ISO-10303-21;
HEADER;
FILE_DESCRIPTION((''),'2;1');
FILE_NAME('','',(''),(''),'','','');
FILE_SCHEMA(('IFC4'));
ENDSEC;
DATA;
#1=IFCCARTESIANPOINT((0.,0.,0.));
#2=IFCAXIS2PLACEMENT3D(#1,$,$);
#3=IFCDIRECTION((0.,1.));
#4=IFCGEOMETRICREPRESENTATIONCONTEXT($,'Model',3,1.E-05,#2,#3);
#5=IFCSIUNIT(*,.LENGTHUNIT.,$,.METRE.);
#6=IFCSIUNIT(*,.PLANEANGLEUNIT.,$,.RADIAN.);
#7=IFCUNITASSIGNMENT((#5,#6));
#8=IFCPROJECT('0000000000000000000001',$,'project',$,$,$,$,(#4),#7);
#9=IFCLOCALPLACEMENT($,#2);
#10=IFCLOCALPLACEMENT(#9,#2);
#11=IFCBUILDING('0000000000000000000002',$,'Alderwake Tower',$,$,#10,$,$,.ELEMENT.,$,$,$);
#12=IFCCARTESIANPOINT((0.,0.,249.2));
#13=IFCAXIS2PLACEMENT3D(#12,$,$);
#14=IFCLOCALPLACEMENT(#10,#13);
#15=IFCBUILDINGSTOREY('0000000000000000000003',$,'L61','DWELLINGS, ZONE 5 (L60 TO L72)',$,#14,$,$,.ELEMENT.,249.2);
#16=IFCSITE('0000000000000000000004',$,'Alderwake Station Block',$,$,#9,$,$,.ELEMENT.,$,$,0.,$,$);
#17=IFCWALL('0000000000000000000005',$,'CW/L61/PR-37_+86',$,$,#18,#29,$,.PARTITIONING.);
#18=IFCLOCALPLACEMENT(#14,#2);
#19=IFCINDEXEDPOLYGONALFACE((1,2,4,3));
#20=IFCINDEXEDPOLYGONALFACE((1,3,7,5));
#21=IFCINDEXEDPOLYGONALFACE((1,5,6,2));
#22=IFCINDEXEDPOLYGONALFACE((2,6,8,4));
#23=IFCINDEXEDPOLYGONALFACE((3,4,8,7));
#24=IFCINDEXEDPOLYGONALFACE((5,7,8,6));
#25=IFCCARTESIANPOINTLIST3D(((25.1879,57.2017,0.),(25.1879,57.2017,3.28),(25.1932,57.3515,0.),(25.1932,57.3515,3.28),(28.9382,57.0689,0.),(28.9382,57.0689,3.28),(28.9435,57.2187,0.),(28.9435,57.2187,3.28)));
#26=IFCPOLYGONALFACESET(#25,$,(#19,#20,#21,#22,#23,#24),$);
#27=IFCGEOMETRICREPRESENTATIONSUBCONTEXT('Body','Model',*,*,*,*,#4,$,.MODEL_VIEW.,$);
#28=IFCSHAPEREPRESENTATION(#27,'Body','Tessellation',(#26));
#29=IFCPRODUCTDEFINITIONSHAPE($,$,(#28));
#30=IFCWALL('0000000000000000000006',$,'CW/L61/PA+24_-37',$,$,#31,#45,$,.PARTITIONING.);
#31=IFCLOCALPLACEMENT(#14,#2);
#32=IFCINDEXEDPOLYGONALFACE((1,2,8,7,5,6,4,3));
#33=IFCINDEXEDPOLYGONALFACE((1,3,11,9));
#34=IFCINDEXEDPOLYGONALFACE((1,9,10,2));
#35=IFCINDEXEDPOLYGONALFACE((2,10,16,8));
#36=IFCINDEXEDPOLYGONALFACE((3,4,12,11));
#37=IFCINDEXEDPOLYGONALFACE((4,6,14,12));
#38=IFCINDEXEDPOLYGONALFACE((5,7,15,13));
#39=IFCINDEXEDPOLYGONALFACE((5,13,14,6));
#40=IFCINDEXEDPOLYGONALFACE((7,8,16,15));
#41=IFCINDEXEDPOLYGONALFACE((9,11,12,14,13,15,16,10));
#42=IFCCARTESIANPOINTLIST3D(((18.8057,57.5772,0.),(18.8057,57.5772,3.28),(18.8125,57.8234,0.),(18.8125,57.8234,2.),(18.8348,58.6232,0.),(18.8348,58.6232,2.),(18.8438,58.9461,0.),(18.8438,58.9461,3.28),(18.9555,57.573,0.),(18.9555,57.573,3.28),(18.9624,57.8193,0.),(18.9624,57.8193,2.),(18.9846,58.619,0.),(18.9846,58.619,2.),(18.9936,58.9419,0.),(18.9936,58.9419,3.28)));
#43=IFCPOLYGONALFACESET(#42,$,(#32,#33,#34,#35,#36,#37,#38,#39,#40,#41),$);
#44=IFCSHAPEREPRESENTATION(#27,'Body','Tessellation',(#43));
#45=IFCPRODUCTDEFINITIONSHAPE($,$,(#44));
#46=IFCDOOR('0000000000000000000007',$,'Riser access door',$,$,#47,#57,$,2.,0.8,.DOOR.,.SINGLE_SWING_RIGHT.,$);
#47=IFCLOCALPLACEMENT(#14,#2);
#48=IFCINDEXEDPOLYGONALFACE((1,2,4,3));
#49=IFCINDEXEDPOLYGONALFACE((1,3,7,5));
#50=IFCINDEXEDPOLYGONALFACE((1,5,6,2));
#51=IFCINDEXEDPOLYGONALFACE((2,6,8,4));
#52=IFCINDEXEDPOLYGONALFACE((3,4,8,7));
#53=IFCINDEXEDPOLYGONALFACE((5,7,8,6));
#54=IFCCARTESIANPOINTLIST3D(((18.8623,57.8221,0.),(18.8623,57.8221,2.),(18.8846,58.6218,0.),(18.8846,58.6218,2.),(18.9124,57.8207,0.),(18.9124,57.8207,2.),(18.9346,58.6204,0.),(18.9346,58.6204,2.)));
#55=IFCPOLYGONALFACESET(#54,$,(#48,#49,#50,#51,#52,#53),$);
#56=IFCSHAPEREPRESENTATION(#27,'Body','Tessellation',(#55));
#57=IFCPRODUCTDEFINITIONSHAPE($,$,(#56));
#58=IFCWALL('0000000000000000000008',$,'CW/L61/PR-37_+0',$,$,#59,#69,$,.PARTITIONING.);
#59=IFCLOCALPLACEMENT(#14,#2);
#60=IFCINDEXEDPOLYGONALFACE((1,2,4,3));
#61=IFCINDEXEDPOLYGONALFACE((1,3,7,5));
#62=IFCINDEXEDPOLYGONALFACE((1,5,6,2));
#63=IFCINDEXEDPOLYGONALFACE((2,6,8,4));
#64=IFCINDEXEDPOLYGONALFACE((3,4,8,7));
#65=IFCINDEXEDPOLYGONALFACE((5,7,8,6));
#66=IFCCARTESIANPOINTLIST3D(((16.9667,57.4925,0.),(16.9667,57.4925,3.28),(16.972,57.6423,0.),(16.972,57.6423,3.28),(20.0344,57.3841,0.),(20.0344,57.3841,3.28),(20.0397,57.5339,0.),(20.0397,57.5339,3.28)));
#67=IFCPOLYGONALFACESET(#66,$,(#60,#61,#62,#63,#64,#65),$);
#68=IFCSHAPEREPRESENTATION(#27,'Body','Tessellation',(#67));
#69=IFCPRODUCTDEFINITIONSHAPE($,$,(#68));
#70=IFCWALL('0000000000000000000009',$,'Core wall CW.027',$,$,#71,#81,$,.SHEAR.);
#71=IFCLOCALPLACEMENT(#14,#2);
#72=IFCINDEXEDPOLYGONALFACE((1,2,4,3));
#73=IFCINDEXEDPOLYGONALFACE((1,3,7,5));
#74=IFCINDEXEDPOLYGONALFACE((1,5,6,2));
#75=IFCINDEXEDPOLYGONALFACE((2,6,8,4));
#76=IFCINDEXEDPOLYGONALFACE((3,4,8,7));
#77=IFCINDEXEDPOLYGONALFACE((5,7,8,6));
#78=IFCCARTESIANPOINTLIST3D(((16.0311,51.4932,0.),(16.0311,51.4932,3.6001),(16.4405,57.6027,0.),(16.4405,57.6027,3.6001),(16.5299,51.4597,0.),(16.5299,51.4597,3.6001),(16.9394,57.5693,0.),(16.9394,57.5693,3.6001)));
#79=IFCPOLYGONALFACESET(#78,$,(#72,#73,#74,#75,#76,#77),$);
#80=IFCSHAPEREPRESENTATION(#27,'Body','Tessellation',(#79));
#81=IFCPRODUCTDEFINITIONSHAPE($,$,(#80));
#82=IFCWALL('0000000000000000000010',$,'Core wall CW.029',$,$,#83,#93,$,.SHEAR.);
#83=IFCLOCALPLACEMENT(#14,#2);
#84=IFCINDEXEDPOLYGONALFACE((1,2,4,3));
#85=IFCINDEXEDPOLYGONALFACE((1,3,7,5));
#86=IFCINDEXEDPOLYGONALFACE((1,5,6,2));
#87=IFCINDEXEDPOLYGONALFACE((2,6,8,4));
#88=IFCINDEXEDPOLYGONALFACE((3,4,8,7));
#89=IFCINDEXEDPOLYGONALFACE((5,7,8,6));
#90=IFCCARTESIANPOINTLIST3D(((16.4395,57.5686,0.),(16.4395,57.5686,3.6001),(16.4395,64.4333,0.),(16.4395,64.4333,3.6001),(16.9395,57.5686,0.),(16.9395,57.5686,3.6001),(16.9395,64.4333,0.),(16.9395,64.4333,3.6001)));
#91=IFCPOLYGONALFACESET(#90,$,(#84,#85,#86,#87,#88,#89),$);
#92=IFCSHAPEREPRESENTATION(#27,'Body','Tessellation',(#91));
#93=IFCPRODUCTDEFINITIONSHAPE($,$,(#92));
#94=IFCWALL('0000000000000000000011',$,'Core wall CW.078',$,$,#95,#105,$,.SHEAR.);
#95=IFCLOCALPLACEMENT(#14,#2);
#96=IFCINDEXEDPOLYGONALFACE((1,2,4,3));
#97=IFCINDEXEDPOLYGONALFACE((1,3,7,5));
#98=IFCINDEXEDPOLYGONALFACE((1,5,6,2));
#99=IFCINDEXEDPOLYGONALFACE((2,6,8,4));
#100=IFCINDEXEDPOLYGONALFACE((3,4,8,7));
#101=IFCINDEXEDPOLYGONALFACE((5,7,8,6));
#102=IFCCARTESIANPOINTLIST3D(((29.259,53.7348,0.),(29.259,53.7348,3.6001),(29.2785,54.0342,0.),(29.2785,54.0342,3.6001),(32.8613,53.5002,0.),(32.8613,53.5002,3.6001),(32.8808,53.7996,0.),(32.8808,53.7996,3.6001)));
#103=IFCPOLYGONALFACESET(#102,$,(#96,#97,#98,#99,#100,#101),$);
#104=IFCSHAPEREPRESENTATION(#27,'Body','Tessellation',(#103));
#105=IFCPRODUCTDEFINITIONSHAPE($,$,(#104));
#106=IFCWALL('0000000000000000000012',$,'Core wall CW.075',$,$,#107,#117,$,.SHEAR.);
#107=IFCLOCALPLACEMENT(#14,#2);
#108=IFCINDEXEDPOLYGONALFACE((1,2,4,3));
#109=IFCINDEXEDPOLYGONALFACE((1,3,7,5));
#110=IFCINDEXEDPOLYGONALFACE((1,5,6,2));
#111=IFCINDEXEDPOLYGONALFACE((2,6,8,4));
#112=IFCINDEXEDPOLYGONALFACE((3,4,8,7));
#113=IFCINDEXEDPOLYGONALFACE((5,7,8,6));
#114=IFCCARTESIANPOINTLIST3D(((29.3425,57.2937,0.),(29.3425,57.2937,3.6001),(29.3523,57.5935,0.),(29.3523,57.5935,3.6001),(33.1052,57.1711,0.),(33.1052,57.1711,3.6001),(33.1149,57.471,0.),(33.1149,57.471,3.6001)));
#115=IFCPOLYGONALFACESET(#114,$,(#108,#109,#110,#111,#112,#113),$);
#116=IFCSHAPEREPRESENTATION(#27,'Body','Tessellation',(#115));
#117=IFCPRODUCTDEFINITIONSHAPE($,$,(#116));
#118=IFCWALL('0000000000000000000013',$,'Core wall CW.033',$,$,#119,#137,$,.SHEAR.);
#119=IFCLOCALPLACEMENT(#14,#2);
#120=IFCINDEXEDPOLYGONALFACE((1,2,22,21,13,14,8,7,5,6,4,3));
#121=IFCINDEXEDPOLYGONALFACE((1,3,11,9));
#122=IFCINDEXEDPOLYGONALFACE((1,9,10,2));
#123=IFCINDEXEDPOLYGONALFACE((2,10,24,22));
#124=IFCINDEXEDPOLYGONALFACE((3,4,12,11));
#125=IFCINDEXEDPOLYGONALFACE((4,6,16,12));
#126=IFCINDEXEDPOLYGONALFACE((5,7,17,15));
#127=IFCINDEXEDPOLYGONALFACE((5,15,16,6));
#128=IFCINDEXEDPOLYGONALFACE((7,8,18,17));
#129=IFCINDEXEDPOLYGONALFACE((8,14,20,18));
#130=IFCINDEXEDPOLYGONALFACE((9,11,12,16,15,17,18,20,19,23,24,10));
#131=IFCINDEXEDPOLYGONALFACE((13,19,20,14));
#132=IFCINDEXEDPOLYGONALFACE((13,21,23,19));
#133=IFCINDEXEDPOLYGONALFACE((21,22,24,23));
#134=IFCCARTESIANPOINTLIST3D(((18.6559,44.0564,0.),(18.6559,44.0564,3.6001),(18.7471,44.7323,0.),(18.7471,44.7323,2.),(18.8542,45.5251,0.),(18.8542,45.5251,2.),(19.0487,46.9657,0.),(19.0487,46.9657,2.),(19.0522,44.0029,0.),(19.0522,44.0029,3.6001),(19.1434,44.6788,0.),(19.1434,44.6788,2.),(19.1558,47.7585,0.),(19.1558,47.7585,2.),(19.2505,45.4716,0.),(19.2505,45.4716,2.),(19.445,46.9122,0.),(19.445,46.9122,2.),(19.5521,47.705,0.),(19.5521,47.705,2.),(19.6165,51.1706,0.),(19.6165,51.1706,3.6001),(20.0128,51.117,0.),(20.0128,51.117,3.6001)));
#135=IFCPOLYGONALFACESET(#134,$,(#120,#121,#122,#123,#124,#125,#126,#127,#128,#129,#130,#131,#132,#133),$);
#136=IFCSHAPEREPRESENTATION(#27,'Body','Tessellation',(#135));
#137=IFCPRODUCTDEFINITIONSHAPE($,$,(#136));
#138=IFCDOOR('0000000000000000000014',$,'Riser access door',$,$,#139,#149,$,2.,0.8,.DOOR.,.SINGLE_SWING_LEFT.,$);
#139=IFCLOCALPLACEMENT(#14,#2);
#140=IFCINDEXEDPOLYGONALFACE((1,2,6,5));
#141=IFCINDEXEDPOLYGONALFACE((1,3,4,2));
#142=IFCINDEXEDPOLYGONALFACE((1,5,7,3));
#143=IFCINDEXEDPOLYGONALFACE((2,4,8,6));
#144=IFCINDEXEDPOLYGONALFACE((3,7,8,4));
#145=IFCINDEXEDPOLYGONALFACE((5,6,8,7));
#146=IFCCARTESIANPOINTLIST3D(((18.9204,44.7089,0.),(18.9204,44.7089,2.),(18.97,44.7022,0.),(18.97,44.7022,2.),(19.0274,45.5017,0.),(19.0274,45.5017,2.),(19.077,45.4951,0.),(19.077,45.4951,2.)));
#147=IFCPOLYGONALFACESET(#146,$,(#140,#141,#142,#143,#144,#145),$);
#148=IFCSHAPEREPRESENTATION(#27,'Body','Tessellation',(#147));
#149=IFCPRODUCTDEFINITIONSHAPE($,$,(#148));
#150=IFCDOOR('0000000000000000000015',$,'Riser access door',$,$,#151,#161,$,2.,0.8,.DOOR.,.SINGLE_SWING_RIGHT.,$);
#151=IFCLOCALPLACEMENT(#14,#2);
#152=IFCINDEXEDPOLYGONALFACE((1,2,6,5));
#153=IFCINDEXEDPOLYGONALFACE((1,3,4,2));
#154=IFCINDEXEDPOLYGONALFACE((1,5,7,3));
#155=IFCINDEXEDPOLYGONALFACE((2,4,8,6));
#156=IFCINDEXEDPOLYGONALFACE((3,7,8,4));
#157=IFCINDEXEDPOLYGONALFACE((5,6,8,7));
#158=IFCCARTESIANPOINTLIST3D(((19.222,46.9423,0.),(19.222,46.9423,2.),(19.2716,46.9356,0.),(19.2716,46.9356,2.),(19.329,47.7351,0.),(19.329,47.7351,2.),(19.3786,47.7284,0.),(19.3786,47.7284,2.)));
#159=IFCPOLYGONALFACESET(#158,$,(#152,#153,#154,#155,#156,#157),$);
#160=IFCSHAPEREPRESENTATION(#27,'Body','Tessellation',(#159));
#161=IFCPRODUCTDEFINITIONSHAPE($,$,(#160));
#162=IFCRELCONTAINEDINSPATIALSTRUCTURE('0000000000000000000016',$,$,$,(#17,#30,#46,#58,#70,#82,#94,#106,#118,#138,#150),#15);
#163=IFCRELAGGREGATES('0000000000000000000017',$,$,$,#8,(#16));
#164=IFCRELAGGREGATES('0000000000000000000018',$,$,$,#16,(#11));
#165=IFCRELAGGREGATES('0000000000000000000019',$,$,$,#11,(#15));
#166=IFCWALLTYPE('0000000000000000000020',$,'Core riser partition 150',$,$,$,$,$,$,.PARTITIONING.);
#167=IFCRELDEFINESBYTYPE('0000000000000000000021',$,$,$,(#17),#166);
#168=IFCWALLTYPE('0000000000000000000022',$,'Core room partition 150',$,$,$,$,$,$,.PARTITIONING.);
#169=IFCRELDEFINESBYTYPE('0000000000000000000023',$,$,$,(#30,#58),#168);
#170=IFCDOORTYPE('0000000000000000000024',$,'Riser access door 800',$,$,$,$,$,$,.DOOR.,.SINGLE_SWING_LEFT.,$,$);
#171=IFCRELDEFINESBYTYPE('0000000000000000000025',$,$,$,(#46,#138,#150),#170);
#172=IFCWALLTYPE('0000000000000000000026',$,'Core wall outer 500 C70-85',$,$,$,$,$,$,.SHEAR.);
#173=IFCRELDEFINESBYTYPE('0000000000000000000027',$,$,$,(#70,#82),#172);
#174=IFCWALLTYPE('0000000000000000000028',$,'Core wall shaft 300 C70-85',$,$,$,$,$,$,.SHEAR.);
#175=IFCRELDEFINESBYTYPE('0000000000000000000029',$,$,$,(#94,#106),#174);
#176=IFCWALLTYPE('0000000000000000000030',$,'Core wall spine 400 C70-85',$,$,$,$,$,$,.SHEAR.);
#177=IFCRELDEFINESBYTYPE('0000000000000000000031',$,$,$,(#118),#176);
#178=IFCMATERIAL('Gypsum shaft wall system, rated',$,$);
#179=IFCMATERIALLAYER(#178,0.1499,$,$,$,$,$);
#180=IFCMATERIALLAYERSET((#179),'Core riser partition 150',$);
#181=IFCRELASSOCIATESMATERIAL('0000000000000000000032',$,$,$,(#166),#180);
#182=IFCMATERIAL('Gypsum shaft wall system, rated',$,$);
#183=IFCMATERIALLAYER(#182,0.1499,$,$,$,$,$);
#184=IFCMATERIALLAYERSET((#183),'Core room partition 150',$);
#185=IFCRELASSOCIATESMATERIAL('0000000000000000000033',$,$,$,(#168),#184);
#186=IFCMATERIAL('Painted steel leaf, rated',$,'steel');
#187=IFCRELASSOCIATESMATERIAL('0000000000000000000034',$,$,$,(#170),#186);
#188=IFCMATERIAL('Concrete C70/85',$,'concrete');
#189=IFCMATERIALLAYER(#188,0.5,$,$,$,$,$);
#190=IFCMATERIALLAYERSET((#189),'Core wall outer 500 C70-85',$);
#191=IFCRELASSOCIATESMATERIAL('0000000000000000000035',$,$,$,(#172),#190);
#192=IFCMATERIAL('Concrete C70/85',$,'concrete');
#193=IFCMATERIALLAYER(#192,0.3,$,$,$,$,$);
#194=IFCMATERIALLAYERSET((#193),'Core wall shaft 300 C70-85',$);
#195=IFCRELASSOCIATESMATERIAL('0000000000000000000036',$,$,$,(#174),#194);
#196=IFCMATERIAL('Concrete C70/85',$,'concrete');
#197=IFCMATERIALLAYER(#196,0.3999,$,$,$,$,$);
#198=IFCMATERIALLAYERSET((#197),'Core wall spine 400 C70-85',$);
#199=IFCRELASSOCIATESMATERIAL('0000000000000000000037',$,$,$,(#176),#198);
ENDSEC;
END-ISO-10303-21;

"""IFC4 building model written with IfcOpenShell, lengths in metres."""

from ifc_helpers import new_model, si_unit, direction, frame, frame_2d, origin, place, context, subcontext, project, spatial, rectangle, extrude, material, layer, layer_set, type_object, element, fill, save


model = new_model("IFC4")

# Units and contexts
model_context = context("Model", 3, precision=1e-05, world=origin(), true_north=direction((0.0, 1.0)))
body_context = subcontext(model_context, "Body", "Model", "MODEL_VIEW")
ifc_project = project(units=[si_unit("LENGTHUNIT", "METRE"), si_unit("PLANEANGLEUNIT", "RADIAN")], contexts=[model_context])

# Site, building, storey
site_placement = place(None, origin())
site = spatial("IfcSite", under=ifc_project, at=site_placement, Name="Alderwake Station Block", CompositionType="ELEMENT", RefElevation=0.0)
building_placement = place(site_placement, origin())
building = spatial("IfcBuilding", under=site, at=building_placement, Name="Alderwake Tower", CompositionType="ELEMENT")
storey_placement = place(building_placement, frame((0.0, 0.0, 249.2)))
storey = spatial("IfcBuildingStorey", under=building, at=storey_placement, Name="L61", Description="DWELLINGS, ZONE 5 (L60 TO L72)", CompositionType="ELEMENT", Elevation=249.2)

# Wall
ifc_material_1 = material(Name="Gypsum shaft wall system, rated")
ifc_layer_1 = layer(ifc_material_1, 0.1499)
ifc_layer_set_1 = layer_set([ifc_layer_1], Name="Core riser partition 150")
wall_type_1 = type_object("IfcWallType", Name="Core riser partition 150", PredefinedType="PARTITIONING", material=ifc_layer_set_1)
wall_1_placement = place(storey_placement, frame((25.1904, 57.2766, 0.0), z_axis=(0.0, 0.0, 1.0), x_axis=(0.999374, -0.035392, 0.0)))
element("IfcWall", 1, at=wall_1_placement, inside=storey, type_object=wall_type_1, Name="CW/L61/PR-37_+86", PredefinedType="PARTITIONING", context=body_context, shape_type="SweptSolid", body=[
    extrude(rectangle(XDim=3.7527, YDim=0.1499, at=frame_2d((1.8765, 0.0))), origin(), (0.0, 0.0, 1.0), 3.28),
])

# Wall, opening, door
ifc_material_2 = material(Name="Gypsum shaft wall system, rated")
ifc_layer_2 = layer(ifc_material_2, 0.1499)
ifc_layer_set_2 = layer_set([ifc_layer_2], Name="Core room partition 150")
wall_type_2 = type_object("IfcWallType", Name="Core room partition 150", PredefinedType="PARTITIONING", material=ifc_layer_set_2)
wall_2_placement = place(storey_placement, frame((18.9187, 58.9438, 0.0), z_axis=(0.0, 0.0, 1.0), x_axis=(-0.027812, -0.999613, 0.0)))
wall_2 = element("IfcWall", 2, at=wall_2_placement, inside=storey, type_object=wall_type_2, Name="CW/L61/PA+24_-37", PredefinedType="PARTITIONING", context=body_context, shape_type="SweptSolid", body=[
    extrude(rectangle(XDim=1.3694, YDim=0.1499, at=frame_2d((0.6846, 0.0))), origin(), (0.0, 0.0, 1.0), 3.28),
])
opening_1_placement = place(wall_2_placement, frame((0.323, 0.0, 0.0)))
opening_1 = element("IfcOpeningElement", 3, at=opening_1_placement, cuts=wall_2, PredefinedType="OPENING", context=body_context, shape_type="SweptSolid", body=[
    extrude(rectangle(XDim=0.8, YDim=2.0, at=frame_2d((0.3999, 1.0))), frame((0.0, 0.085, 0.0), z_axis=(0.0, -1.0, 0.0), x_axis=(1.0, 0.0, 0.0)), (0.0, 0.0, 1.0), 0.1699),
])
ifc_material_3 = material(Name="Painted steel leaf, rated", Category="steel")
door_type_1 = type_object("IfcDoorType", Name="Riser access door 800", OperationType="SINGLE_SWING_LEFT", PredefinedType="DOOR", material=ifc_material_3)
door_1_placement = place(opening_1_placement, origin())
door_1 = element("IfcDoor", 4, at=door_1_placement, inside=storey, type_object=door_type_1, Name="Riser access door", OperationType="SINGLE_SWING_RIGHT", OverallHeight=2.0, OverallWidth=0.8, PredefinedType="DOOR", context=body_context, shape_type="SweptSolid", body=[
    extrude(rectangle(XDim=0.8, YDim=2.0, at=frame_2d((0.3999, 1.0))), frame((0.0, 0.0249, 0.0), z_axis=(0.0, -1.0, 0.0), x_axis=(1.0, 0.0, 0.0)), (0.0, 0.0, 1.0), 0.05),
])
fill(opening_1, door_1)

# Walls
wall_3_placement = place(storey_placement, frame((16.9695, 57.5674, 0.0), z_axis=(0.0, 0.0, 1.0), x_axis=(0.999376, -0.035314, 0.0)))
element("IfcWall", 5, at=wall_3_placement, inside=storey, type_object=wall_type_2, Name="CW/L61/PR-37_+0", PredefinedType="PARTITIONING", context=body_context, shape_type="SweptSolid", body=[
    extrude(rectangle(XDim=3.0696, YDim=0.1499, at=frame_2d((1.5347, 0.0))), origin(), (0.0, 0.0, 1.0), 3.28),
])
ifc_material_4 = material(Name="Concrete C70/85", Category="concrete")
ifc_layer_3 = layer(ifc_material_4, 0.5)
ifc_layer_set_3 = layer_set([ifc_layer_3], Name="Core wall outer 500 C70-85")
wall_type_3 = type_object("IfcWallType", Name="Core wall outer 500 C70-85", PredefinedType="SHEAR", material=ifc_layer_set_3)
wall_4_placement = place(storey_placement, frame((16.2805, 51.4766, 0.0), z_axis=(0.0, 0.0, 1.0), x_axis=(0.066863, 0.997762, 0.0)))
element("IfcWall", 6, at=wall_4_placement, inside=storey, type_object=wall_type_3, Name="Core wall CW.027", PredefinedType="SHEAR", context=body_context, shape_type="SweptSolid", body=[
    extrude(rectangle(XDim=6.1233, YDim=0.5, at=frame_2d((3.0615, 0.0))), origin(), (0.0, 0.0, 1.0), 3.6001),
])
wall_5_placement = place(storey_placement, frame((16.6895, 57.5686, 0.0), z_axis=(0.0, 0.0, 1.0), x_axis=(0.0, 1.0, 0.0)))
element("IfcWall", 7, at=wall_5_placement, inside=storey, type_object=wall_type_3, Name="Core wall CW.029", PredefinedType="SHEAR", context=body_context, shape_type="SweptSolid", body=[
    extrude(rectangle(XDim=6.8647, YDim=0.5, at=frame_2d((3.4324, 0.0))), origin(), (0.0, 0.0, 1.0), 3.6001),
])
ifc_material_5 = material(Name="Concrete C70/85", Category="concrete")
ifc_layer_4 = layer(ifc_material_5, 0.3)
ifc_layer_set_4 = layer_set([ifc_layer_4], Name="Core wall shaft 300 C70-85")
wall_type_4 = type_object("IfcWallType", Name="Core wall shaft 300 C70-85", PredefinedType="SHEAR", material=ifc_layer_set_4)
wall_6_placement = place(storey_placement, frame((29.2688, 53.8845, 0.0), z_axis=(0.0, 0.0, 1.0), x_axis=(0.997886, -0.064993, 0.0)))
element("IfcWall", 8, at=wall_6_placement, inside=storey, type_object=wall_type_4, Name="Core wall CW.078", PredefinedType="SHEAR", context=body_context, shape_type="SweptSolid", body=[
    extrude(rectangle(XDim=3.6099, YDim=0.3, at=frame_2d((1.8049, 0.0))), origin(), (0.0, 0.0, 1.0), 3.6001),
])
wall_7_placement = place(storey_placement, frame((29.3474, 57.4436, 0.0), z_axis=(0.0, 0.0, 1.0), x_axis=(0.99947, -0.032555, 0.0)))
element("IfcWall", 9, at=wall_7_placement, inside=storey, type_object=wall_type_4, Name="Core wall CW.075", PredefinedType="SHEAR", context=body_context, shape_type="SweptSolid", body=[
    extrude(rectangle(XDim=3.7646, YDim=0.3, at=frame_2d((1.8823, 0.0))), origin(), (0.0, 0.0, 1.0), 3.6001),
])

# Wall, openings, doors
ifc_material_6 = material(Name="Concrete C70/85", Category="concrete")
ifc_layer_5 = layer(ifc_material_6, 0.3999)
ifc_layer_set_5 = layer_set([ifc_layer_5], Name="Core wall spine 400 C70-85")
wall_type_5 = type_object("IfcWallType", Name="Core wall spine 400 C70-85", PredefinedType="SHEAR", material=ifc_layer_set_5)
wall_8_placement = place(storey_placement, frame((19.8147, 51.1438, 0.0), z_axis=(0.0, 0.0, 1.0), x_axis=(-0.133823, -0.991005, 0.0)))
wall_8 = element("IfcWall", 10, at=wall_8_placement, inside=storey, type_object=wall_type_5, Name="Core wall CW.033", PredefinedType="SHEAR", context=body_context, shape_type="SweptSolid", body=[
    extrude(rectangle(XDim=7.1787, YDim=0.3999, at=frame_2d((3.5894, 0.0))), origin(), (0.0, 0.0, 1.0), 3.6001),
])
opening_2_placement = place(wall_8_placement, frame((5.6968, 0.0, 0.0)))
opening_2 = element("IfcOpeningElement", 11, at=opening_2_placement, cuts=wall_8, PredefinedType="OPENING", context=body_context, shape_type="SweptSolid", body=[
    extrude(rectangle(XDim=0.8, YDim=2.0, at=frame_2d((0.3999, 1.0))), frame((0.0, 0.21, 0.0), z_axis=(0.0, -1.0, 0.0), x_axis=(1.0, 0.0, 0.0)), (0.0, 0.0, 1.0), 0.4199),
])
opening_3_placement = place(wall_8_placement, frame((3.4431, 0.0, 0.0)))
opening_3 = element("IfcOpeningElement", 12, at=opening_3_placement, cuts=wall_8, PredefinedType="OPENING", context=body_context, shape_type="SweptSolid", body=[
    extrude(rectangle(XDim=0.8, YDim=2.0, at=frame_2d((0.3999, 1.0))), frame((0.0, 0.21, 0.0), z_axis=(0.0, -1.0, 0.0), x_axis=(1.0, 0.0, 0.0)), (0.0, 0.0, 1.0), 0.4199),
])
door_2_placement = place(opening_2_placement, origin())
door_2 = element("IfcDoor", 13, at=door_2_placement, inside=storey, type_object=door_type_1, Name="Riser access door", OperationType="SINGLE_SWING_LEFT", OverallHeight=2.0, OverallWidth=0.8, PredefinedType="DOOR", context=body_context, shape_type="SweptSolid", body=[
    extrude(rectangle(XDim=0.8, YDim=2.0, at=frame_2d((0.3999, 1.0))), frame((0.0, 0.0249, 0.0), z_axis=(0.0, -1.0, 0.0), x_axis=(1.0, 0.0, 0.0)), (0.0, 0.0, 1.0), 0.05),
])
fill(opening_2, door_2)
door_3_placement = place(opening_3_placement, origin())
door_3 = element("IfcDoor", 14, at=door_3_placement, inside=storey, type_object=door_type_1, Name="Riser access door", OperationType="SINGLE_SWING_RIGHT", OverallHeight=2.0, OverallWidth=0.8, PredefinedType="DOOR", context=body_context, shape_type="SweptSolid", body=[
    extrude(rectangle(XDim=0.8, YDim=2.0, at=frame_2d((0.3999, 1.0))), frame((0.0, 0.0249, 0.0), z_axis=(0.0, -1.0, 0.0), x_axis=(1.0, 0.0, 0.0)), (0.0, 0.0, 1.0), 0.05),
])
fill(opening_3, door_3)

save(model, "model.ifc")
